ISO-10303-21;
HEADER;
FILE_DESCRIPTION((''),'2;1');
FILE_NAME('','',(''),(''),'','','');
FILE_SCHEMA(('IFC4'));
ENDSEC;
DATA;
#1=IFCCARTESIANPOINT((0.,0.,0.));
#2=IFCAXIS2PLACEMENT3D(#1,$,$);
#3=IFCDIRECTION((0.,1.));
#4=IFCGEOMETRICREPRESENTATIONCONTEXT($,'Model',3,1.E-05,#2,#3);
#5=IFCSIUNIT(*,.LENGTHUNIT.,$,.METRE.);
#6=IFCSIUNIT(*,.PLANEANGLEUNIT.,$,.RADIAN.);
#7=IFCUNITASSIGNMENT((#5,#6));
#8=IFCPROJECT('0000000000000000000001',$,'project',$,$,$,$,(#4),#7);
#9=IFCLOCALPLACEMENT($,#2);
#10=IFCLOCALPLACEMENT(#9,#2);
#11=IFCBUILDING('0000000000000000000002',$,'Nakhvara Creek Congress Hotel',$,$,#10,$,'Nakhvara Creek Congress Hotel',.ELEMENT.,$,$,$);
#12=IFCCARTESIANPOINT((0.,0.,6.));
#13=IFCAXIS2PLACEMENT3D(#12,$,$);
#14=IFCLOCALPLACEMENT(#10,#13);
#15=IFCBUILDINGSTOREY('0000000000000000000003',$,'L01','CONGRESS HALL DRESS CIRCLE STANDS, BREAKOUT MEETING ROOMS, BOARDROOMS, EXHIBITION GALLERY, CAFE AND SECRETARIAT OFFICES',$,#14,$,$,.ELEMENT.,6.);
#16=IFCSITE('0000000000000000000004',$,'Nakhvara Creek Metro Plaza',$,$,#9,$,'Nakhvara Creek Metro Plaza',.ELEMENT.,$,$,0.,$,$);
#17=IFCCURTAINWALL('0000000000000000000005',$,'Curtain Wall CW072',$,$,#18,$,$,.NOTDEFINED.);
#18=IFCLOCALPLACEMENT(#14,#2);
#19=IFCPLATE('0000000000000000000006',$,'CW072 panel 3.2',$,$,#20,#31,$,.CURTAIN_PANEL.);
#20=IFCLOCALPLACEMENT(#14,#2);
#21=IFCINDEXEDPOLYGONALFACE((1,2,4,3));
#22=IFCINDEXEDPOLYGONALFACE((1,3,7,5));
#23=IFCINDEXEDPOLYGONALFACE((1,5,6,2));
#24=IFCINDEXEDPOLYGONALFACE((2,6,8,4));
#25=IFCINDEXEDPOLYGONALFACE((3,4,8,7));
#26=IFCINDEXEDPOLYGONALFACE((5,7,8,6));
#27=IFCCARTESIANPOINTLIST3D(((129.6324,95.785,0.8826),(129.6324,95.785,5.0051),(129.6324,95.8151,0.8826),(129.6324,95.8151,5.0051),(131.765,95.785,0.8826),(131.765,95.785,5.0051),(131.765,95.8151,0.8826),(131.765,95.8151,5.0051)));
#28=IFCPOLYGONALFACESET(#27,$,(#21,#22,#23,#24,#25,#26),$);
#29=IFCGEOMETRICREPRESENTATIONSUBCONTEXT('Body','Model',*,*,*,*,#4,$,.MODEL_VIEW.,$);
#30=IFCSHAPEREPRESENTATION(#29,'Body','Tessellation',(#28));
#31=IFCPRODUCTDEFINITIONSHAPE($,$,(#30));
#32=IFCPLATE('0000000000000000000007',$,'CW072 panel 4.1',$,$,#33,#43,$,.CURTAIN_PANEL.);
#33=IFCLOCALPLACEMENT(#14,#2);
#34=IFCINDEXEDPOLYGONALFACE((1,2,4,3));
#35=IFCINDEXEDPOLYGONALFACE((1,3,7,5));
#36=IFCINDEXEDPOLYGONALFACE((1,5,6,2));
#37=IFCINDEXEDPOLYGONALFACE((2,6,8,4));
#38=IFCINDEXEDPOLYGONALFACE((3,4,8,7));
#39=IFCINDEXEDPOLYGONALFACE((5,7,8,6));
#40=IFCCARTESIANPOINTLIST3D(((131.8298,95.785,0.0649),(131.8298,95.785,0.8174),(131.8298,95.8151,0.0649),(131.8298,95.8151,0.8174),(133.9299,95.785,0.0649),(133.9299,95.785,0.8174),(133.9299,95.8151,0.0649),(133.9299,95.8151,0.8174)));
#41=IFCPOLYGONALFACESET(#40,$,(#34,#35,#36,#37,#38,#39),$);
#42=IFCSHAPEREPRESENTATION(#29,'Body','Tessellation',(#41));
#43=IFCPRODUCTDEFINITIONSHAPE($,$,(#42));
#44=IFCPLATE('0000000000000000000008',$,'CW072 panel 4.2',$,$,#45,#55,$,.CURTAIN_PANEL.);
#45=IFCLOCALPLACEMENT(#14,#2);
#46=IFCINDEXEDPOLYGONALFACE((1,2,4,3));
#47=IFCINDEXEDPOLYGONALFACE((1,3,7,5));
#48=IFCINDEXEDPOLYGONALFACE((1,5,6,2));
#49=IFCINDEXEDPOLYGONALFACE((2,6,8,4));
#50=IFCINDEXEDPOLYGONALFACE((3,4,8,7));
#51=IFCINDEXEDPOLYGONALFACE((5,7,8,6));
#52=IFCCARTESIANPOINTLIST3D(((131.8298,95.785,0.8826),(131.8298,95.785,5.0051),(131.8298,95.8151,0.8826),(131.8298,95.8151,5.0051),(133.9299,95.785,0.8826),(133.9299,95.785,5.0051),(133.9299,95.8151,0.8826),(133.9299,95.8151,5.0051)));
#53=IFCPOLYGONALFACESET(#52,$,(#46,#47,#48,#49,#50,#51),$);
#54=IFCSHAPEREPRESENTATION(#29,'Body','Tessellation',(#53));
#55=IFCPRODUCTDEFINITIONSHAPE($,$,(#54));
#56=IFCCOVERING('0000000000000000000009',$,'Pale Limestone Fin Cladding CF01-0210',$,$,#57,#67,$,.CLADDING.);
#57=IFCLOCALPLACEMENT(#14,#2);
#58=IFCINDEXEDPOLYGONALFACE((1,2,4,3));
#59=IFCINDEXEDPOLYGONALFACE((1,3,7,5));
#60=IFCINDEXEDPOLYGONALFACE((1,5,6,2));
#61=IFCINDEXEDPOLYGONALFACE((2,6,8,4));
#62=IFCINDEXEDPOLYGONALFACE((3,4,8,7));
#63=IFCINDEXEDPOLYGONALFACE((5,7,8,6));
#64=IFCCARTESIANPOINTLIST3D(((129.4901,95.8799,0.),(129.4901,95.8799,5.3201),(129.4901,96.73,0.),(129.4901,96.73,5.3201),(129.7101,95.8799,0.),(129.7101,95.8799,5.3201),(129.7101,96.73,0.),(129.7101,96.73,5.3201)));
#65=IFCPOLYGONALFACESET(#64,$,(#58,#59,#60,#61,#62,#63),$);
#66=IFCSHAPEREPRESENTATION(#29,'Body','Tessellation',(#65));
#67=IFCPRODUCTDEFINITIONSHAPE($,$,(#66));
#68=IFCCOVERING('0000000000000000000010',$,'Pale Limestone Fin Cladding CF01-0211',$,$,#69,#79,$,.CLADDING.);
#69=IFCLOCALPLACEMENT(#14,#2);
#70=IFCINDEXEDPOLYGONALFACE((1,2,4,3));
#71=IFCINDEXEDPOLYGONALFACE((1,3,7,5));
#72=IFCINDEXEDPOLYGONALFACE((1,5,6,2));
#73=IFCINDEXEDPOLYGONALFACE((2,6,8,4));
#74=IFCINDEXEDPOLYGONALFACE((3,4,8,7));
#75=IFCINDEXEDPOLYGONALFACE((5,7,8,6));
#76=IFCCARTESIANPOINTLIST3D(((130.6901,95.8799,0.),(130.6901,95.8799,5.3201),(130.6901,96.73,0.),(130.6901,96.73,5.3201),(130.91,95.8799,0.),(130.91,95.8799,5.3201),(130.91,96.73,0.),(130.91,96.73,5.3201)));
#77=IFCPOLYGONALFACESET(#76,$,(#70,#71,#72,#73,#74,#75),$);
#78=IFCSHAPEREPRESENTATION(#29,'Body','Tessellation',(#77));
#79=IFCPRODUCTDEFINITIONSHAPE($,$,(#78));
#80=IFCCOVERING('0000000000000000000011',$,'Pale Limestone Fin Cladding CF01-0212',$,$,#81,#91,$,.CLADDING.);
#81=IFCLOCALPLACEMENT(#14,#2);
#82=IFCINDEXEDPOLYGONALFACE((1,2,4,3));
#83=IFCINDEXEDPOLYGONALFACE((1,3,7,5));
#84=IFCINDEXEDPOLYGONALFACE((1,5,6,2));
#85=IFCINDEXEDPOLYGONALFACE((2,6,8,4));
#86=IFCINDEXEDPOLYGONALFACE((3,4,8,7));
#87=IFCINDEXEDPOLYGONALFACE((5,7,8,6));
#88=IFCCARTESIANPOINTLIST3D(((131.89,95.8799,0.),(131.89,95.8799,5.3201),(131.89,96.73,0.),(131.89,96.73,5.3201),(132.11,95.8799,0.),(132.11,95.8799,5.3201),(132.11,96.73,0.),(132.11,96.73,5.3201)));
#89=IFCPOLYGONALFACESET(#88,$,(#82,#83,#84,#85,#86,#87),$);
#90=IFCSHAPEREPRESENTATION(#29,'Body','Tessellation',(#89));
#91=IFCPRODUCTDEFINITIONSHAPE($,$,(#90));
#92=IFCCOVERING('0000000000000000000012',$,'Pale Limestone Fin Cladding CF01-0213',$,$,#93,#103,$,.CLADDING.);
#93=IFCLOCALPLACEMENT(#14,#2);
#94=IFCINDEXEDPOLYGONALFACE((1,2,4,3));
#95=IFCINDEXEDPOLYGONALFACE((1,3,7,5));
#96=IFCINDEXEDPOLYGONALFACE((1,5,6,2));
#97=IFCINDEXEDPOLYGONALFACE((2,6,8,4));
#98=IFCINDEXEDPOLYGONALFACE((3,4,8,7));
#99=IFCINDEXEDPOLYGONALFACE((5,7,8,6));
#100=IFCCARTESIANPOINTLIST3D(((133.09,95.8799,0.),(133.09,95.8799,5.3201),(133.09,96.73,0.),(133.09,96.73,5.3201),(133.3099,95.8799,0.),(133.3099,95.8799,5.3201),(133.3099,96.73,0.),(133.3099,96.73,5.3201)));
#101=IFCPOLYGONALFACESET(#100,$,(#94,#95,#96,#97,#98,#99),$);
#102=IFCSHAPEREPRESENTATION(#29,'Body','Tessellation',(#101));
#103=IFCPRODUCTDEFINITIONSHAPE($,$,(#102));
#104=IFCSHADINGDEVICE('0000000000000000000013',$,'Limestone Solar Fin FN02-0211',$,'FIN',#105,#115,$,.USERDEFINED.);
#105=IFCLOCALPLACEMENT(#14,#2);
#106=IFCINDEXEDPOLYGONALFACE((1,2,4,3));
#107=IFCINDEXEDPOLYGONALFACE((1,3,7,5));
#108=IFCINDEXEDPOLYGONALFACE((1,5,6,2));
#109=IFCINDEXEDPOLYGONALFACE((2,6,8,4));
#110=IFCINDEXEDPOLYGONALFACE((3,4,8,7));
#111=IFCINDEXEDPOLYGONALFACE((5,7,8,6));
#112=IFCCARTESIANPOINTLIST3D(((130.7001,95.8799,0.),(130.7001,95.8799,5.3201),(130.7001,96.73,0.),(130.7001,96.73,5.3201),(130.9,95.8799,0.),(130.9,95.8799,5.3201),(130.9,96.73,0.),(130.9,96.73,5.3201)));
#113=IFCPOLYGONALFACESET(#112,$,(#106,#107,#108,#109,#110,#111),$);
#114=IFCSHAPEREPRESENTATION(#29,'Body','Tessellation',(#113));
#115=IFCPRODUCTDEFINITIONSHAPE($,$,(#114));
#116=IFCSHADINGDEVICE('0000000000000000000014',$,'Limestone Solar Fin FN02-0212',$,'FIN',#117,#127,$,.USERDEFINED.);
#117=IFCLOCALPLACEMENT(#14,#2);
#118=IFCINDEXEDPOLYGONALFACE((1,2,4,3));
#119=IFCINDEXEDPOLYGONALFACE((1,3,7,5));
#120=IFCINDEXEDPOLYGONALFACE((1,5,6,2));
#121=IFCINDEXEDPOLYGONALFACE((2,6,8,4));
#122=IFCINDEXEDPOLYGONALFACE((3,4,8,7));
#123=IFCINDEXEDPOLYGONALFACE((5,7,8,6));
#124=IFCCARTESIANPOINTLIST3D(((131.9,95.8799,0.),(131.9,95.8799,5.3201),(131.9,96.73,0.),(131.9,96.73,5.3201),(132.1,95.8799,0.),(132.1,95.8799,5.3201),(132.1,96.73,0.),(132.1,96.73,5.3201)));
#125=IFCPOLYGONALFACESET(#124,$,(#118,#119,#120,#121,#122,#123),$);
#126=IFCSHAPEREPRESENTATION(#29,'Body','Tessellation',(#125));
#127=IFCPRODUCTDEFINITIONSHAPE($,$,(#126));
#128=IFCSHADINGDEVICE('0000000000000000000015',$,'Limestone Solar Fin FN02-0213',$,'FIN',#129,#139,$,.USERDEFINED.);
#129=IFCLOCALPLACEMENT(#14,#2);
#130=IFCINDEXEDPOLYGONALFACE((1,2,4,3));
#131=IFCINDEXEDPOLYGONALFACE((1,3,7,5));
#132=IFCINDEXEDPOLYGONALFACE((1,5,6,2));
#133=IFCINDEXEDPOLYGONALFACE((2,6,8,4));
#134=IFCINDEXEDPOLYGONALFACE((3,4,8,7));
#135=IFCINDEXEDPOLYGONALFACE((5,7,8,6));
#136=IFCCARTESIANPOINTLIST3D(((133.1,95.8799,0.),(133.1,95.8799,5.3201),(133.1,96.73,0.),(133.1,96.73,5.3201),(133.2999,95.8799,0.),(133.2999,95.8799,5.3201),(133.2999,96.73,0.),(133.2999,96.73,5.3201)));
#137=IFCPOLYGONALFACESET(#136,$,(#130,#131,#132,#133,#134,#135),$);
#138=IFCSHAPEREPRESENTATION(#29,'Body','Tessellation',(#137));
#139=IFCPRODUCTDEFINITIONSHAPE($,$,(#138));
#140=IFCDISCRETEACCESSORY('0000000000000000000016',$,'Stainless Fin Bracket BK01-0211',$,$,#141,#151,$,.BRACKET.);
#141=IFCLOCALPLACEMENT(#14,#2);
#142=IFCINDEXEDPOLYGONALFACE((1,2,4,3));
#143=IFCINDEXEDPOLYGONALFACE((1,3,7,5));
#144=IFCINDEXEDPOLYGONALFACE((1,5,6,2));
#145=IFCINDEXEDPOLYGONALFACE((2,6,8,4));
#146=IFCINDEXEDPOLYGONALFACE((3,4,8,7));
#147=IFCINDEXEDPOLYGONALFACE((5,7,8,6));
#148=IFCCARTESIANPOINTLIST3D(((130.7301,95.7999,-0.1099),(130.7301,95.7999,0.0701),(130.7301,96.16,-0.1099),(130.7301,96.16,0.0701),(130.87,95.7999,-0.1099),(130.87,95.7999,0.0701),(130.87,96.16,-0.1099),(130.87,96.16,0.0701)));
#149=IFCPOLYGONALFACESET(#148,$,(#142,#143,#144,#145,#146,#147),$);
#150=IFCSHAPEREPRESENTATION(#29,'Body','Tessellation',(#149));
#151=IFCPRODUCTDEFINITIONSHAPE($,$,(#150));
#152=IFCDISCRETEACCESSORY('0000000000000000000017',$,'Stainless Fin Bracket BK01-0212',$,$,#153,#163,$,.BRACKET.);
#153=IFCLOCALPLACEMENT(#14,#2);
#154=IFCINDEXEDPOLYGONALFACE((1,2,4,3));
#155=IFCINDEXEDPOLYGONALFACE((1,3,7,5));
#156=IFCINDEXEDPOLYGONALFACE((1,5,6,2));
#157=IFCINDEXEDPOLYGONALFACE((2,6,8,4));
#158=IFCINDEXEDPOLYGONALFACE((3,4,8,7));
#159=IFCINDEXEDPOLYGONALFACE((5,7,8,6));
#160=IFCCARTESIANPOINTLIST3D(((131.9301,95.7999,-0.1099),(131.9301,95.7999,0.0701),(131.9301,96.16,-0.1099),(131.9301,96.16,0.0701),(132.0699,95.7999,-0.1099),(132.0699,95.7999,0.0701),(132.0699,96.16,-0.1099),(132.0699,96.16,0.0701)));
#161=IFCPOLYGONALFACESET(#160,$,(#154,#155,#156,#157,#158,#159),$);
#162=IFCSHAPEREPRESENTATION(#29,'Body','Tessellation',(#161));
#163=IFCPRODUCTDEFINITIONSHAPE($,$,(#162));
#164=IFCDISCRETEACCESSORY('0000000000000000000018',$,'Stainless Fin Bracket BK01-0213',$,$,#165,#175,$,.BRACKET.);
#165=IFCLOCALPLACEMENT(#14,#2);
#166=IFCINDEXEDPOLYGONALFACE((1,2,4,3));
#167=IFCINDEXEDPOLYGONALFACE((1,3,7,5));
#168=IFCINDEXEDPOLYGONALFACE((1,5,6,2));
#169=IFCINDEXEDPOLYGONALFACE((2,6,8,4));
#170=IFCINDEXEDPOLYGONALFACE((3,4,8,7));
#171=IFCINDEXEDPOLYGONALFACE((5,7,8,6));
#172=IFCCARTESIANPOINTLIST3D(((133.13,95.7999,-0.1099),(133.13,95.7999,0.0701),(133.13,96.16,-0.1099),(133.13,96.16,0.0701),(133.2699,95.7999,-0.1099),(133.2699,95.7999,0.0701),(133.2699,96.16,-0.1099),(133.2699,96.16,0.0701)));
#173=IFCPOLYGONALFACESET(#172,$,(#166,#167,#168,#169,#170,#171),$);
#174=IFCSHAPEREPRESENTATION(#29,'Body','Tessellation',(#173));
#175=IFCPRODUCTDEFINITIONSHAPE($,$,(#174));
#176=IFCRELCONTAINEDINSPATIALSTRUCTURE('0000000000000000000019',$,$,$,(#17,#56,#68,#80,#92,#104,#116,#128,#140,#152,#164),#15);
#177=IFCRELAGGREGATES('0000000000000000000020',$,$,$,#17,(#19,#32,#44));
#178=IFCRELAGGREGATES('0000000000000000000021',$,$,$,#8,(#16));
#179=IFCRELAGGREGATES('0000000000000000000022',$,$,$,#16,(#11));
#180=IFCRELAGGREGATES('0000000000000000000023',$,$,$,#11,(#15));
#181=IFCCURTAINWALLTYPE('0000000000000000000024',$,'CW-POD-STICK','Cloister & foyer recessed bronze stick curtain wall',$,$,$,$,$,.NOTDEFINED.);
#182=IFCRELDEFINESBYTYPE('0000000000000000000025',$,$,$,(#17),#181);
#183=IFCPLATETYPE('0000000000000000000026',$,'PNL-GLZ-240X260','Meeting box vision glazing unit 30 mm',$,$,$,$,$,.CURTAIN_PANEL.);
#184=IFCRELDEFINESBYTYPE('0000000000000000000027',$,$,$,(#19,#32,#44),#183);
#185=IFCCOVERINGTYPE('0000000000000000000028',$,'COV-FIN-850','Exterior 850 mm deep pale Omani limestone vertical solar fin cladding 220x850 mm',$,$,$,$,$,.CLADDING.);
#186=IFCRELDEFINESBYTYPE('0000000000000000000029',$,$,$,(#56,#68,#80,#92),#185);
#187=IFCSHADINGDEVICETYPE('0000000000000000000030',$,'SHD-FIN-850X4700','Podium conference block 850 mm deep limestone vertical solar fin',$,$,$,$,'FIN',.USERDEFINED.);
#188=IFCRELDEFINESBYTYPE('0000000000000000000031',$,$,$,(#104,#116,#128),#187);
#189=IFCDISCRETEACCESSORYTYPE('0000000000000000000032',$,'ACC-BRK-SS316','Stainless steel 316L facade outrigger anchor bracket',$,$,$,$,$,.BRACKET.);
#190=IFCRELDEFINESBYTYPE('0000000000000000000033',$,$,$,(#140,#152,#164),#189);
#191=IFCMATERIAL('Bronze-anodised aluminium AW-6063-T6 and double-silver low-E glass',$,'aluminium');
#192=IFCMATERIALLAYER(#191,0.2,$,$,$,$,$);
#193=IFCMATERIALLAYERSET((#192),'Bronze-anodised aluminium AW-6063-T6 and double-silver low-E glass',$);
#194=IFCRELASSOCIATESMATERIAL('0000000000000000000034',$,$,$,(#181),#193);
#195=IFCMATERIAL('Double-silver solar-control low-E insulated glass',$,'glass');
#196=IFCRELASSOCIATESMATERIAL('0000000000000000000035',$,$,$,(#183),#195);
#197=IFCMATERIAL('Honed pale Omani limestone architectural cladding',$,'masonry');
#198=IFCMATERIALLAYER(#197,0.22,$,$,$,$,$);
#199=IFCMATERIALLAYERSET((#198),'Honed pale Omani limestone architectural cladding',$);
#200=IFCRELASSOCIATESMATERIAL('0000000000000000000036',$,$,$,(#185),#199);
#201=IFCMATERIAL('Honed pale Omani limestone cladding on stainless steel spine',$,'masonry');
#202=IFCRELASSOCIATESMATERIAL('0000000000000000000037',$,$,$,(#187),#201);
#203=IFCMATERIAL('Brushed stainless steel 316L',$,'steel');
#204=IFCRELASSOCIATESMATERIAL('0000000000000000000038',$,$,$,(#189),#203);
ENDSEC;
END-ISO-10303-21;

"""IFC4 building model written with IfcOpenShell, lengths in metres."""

from ifc_helpers import new_model, si_unit, direction, frame, origin, origin_2d, place, context, subcontext, project, spatial, rectangle, extrude, material, layer, layer_set, type_object, element, aggregate, save


model = new_model("IFC4")

# Units and contexts
model_context = context("Model", 3, precision=1e-05, world=origin(), true_north=direction((0.0, 1.0)))
body_context = subcontext(model_context, "Body", "Model", "MODEL_VIEW")
ifc_project = project(units=[si_unit("LENGTHUNIT", "METRE"), si_unit("PLANEANGLEUNIT", "RADIAN")], contexts=[model_context])

# Site, building, storey
site_placement = place(None, origin())
site = spatial("IfcSite", under=ifc_project, at=site_placement, Name="Nakhvara Creek Metro Plaza", LongName="Nakhvara Creek Metro Plaza", CompositionType="ELEMENT", RefElevation=0.0)
building_placement = place(site_placement, origin())
building = spatial("IfcBuilding", under=site, at=building_placement, Name="Nakhvara Creek Congress Hotel", LongName="Nakhvara Creek Congress Hotel", CompositionType="ELEMENT")
storey_placement = place(building_placement, frame((0.0, 0.0, 6.0)))
storey = spatial("IfcBuildingStorey", under=building, at=storey_placement, Name="L01", Description="CONGRESS HALL DRESS CIRCLE STANDS, BREAKOUT MEETING ROOMS, BOARDROOMS, EXHIBITION GALLERY, CAFE AND SECRETARIAT OFFICES", CompositionType="ELEMENT", Elevation=6.0)

# Curtain wall, plates
ifc_material_1 = material(Name="Bronze-anodised aluminium AW-6063-T6 and double-silver low-E glass", Category="aluminium")
ifc_layer_1 = layer(ifc_material_1, 0.2)
ifc_layer_set_1 = layer_set([ifc_layer_1], Name="Bronze-anodised aluminium AW-6063-T6 and double-silver low-E glass")
curtain_wall_type = type_object("IfcCurtainWallType", Name="CW-POD-STICK", Description="Cloister & foyer recessed bronze stick curtain wall", PredefinedType="NOTDEFINED", material=ifc_layer_set_1)
curtain_wall_placement = place(storey_placement, origin())
curtain_wall = element("IfcCurtainWall", 1, at=curtain_wall_placement, inside=storey, type_object=curtain_wall_type, Name="Curtain Wall CW072", PredefinedType="NOTDEFINED")
ifc_material_2 = material(Name="Double-silver solar-control low-E insulated glass", Category="glass")
plate_type = type_object("IfcPlateType", Name="PNL-GLZ-240X260", Description="Meeting box vision glazing unit 30 mm", PredefinedType="CURTAIN_PANEL", material=ifc_material_2)
plate_1_placement = place(storey_placement, frame((130.6987, 95.8, 0.8826), z_axis=(0.0, 0.0, 1.0), x_axis=(1.0, 0.0, 0.0)))
plate_1 = element("IfcPlate", 2, at=plate_1_placement, type_object=plate_type, Name="CW072 panel 3.2", PredefinedType="CURTAIN_PANEL", context=body_context, shape_type="SweptSolid", body=[
    extrude(rectangle(XDim=2.1326, YDim=0.03, at=origin_2d()), origin(), (0.0, 0.0, 1.0), 4.1226),
])
plate_2_placement = place(storey_placement, frame((132.8799, 95.8, 0.0649), z_axis=(0.0, 0.0, 1.0), x_axis=(1.0, 0.0, 0.0)))
plate_2 = element("IfcPlate", 3, at=plate_2_placement, type_object=plate_type, Name="CW072 panel 4.1", PredefinedType="CURTAIN_PANEL", context=body_context, shape_type="SweptSolid", body=[
    extrude(rectangle(XDim=2.1001, YDim=0.03, at=origin_2d()), origin(), (0.0, 0.0, 1.0), 0.7524),
])
plate_3_placement = place(storey_placement, frame((132.8799, 95.8, 0.8826), z_axis=(0.0, 0.0, 1.0), x_axis=(1.0, 0.0, 0.0)))
plate_3 = element("IfcPlate", 4, at=plate_3_placement, type_object=plate_type, Name="CW072 panel 4.2", PredefinedType="CURTAIN_PANEL", context=body_context, shape_type="SweptSolid", body=[
    extrude(rectangle(XDim=2.1001, YDim=0.03, at=origin_2d()), origin(), (0.0, 0.0, 1.0), 4.1226),
])
aggregate(curtain_wall, [plate_1, plate_2, plate_3])

# Coverings
ifc_material_3 = material(Name="Honed pale Omani limestone architectural cladding", Category="masonry")
ifc_layer_2 = layer(ifc_material_3, 0.22)
ifc_layer_set_2 = layer_set([ifc_layer_2], Name="Honed pale Omani limestone architectural cladding")
covering_type = type_object("IfcCoveringType", Name="COV-FIN-850", Description="Exterior 850 mm deep pale Omani limestone vertical solar fin cladding 220x850 mm", PredefinedType="CLADDING", material=ifc_layer_set_2)
for number, where, z_axis, x_axis, name in (
    (5, (129.6001, 96.3049, 0.0), (0.0, 0.0, 1.0), (1.0, 0.0, 0.0), "Pale Limestone Fin Cladding CF01-0210"),
    (6, (130.8, 96.3049, 0.0), (0.0, 0.0, 1.0), (1.0, 0.0, 0.0), "Pale Limestone Fin Cladding CF01-0211"),
    (7, (132.0, 96.3049, 0.0), (0.0, 0.0, 1.0), (1.0, 0.0, 0.0), "Pale Limestone Fin Cladding CF01-0212"),
    (8, (133.2, 96.3049, 0.0), (0.0, 0.0, 1.0), (1.0, 0.0, 0.0), "Pale Limestone Fin Cladding CF01-0213"),
):
    element("IfcCovering", number, at=place(storey_placement, frame(where, z_axis=z_axis, x_axis=x_axis)), inside=storey, type_object=covering_type, Name=name, PredefinedType="CLADDING", context=body_context, shape_type="SweptSolid", body=[
        extrude(rectangle(XDim=0.22, YDim=0.8501, at=origin_2d()), origin(), (0.0, 0.0, 1.0), 5.3201),
    ])

# Shading devices
ifc_material_4 = material(Name="Honed pale Omani limestone cladding on stainless steel spine", Category="masonry")
shading_device_type = type_object("IfcShadingDeviceType", Name="SHD-FIN-850X4700", Description="Podium conference block 850 mm deep limestone vertical solar fin", ElementType="FIN", PredefinedType="USERDEFINED", material=ifc_material_4)
for number, where, z_axis, x_axis, name in (
    (9, (130.8, 96.3049, 0.0), (0.0, 0.0, 1.0), (1.0, 0.0, 0.0), "Limestone Solar Fin FN02-0211"),
    (10, (132.0, 96.3049, 0.0), (0.0, 0.0, 1.0), (1.0, 0.0, 0.0), "Limestone Solar Fin FN02-0212"),
    (11, (133.2, 96.3049, 0.0), (0.0, 0.0, 1.0), (1.0, 0.0, 0.0), "Limestone Solar Fin FN02-0213"),
):
    element("IfcShadingDevice", number, at=place(storey_placement, frame(where, z_axis=z_axis, x_axis=x_axis)), inside=storey, type_object=shading_device_type, Name=name, ObjectType="FIN", PredefinedType="USERDEFINED", context=body_context, shape_type="SweptSolid", body=[
        extrude(rectangle(XDim=0.2, YDim=0.8501, at=origin_2d()), origin(), (0.0, 0.0, 1.0), 5.3201),
    ])

# Discrete accessories
ifc_material_5 = material(Name="Brushed stainless steel 316L", Category="steel")
discrete_accessory_type = type_object("IfcDiscreteAccessoryType", Name="ACC-BRK-SS316", Description="Stainless steel 316L facade outrigger anchor bracket", PredefinedType="BRACKET", material=ifc_material_5)
for number, where, z_axis, x_axis, name in (
    (12, (130.8, 95.98, -0.1099), (0.0, 0.0, 1.0), (1.0, 0.0, 0.0), "Stainless Fin Bracket BK01-0211"),
    (13, (132.0, 95.98, -0.1099), (0.0, 0.0, 1.0), (1.0, 0.0, 0.0), "Stainless Fin Bracket BK01-0212"),
    (14, (133.2, 95.98, -0.1099), (0.0, 0.0, 1.0), (1.0, 0.0, 0.0), "Stainless Fin Bracket BK01-0213"),
):
    element("IfcDiscreteAccessory", number, at=place(storey_placement, frame(where, z_axis=z_axis, x_axis=x_axis)), inside=storey, type_object=discrete_accessory_type, Name=name, PredefinedType="BRACKET", context=body_context, shape_type="SweptSolid", body=[
        extrude(rectangle(XDim=0.1399, YDim=0.3601, at=origin_2d()), origin(), (0.0, 0.0, 1.0), 0.1799),
    ])

save(model, "model.ifc")
